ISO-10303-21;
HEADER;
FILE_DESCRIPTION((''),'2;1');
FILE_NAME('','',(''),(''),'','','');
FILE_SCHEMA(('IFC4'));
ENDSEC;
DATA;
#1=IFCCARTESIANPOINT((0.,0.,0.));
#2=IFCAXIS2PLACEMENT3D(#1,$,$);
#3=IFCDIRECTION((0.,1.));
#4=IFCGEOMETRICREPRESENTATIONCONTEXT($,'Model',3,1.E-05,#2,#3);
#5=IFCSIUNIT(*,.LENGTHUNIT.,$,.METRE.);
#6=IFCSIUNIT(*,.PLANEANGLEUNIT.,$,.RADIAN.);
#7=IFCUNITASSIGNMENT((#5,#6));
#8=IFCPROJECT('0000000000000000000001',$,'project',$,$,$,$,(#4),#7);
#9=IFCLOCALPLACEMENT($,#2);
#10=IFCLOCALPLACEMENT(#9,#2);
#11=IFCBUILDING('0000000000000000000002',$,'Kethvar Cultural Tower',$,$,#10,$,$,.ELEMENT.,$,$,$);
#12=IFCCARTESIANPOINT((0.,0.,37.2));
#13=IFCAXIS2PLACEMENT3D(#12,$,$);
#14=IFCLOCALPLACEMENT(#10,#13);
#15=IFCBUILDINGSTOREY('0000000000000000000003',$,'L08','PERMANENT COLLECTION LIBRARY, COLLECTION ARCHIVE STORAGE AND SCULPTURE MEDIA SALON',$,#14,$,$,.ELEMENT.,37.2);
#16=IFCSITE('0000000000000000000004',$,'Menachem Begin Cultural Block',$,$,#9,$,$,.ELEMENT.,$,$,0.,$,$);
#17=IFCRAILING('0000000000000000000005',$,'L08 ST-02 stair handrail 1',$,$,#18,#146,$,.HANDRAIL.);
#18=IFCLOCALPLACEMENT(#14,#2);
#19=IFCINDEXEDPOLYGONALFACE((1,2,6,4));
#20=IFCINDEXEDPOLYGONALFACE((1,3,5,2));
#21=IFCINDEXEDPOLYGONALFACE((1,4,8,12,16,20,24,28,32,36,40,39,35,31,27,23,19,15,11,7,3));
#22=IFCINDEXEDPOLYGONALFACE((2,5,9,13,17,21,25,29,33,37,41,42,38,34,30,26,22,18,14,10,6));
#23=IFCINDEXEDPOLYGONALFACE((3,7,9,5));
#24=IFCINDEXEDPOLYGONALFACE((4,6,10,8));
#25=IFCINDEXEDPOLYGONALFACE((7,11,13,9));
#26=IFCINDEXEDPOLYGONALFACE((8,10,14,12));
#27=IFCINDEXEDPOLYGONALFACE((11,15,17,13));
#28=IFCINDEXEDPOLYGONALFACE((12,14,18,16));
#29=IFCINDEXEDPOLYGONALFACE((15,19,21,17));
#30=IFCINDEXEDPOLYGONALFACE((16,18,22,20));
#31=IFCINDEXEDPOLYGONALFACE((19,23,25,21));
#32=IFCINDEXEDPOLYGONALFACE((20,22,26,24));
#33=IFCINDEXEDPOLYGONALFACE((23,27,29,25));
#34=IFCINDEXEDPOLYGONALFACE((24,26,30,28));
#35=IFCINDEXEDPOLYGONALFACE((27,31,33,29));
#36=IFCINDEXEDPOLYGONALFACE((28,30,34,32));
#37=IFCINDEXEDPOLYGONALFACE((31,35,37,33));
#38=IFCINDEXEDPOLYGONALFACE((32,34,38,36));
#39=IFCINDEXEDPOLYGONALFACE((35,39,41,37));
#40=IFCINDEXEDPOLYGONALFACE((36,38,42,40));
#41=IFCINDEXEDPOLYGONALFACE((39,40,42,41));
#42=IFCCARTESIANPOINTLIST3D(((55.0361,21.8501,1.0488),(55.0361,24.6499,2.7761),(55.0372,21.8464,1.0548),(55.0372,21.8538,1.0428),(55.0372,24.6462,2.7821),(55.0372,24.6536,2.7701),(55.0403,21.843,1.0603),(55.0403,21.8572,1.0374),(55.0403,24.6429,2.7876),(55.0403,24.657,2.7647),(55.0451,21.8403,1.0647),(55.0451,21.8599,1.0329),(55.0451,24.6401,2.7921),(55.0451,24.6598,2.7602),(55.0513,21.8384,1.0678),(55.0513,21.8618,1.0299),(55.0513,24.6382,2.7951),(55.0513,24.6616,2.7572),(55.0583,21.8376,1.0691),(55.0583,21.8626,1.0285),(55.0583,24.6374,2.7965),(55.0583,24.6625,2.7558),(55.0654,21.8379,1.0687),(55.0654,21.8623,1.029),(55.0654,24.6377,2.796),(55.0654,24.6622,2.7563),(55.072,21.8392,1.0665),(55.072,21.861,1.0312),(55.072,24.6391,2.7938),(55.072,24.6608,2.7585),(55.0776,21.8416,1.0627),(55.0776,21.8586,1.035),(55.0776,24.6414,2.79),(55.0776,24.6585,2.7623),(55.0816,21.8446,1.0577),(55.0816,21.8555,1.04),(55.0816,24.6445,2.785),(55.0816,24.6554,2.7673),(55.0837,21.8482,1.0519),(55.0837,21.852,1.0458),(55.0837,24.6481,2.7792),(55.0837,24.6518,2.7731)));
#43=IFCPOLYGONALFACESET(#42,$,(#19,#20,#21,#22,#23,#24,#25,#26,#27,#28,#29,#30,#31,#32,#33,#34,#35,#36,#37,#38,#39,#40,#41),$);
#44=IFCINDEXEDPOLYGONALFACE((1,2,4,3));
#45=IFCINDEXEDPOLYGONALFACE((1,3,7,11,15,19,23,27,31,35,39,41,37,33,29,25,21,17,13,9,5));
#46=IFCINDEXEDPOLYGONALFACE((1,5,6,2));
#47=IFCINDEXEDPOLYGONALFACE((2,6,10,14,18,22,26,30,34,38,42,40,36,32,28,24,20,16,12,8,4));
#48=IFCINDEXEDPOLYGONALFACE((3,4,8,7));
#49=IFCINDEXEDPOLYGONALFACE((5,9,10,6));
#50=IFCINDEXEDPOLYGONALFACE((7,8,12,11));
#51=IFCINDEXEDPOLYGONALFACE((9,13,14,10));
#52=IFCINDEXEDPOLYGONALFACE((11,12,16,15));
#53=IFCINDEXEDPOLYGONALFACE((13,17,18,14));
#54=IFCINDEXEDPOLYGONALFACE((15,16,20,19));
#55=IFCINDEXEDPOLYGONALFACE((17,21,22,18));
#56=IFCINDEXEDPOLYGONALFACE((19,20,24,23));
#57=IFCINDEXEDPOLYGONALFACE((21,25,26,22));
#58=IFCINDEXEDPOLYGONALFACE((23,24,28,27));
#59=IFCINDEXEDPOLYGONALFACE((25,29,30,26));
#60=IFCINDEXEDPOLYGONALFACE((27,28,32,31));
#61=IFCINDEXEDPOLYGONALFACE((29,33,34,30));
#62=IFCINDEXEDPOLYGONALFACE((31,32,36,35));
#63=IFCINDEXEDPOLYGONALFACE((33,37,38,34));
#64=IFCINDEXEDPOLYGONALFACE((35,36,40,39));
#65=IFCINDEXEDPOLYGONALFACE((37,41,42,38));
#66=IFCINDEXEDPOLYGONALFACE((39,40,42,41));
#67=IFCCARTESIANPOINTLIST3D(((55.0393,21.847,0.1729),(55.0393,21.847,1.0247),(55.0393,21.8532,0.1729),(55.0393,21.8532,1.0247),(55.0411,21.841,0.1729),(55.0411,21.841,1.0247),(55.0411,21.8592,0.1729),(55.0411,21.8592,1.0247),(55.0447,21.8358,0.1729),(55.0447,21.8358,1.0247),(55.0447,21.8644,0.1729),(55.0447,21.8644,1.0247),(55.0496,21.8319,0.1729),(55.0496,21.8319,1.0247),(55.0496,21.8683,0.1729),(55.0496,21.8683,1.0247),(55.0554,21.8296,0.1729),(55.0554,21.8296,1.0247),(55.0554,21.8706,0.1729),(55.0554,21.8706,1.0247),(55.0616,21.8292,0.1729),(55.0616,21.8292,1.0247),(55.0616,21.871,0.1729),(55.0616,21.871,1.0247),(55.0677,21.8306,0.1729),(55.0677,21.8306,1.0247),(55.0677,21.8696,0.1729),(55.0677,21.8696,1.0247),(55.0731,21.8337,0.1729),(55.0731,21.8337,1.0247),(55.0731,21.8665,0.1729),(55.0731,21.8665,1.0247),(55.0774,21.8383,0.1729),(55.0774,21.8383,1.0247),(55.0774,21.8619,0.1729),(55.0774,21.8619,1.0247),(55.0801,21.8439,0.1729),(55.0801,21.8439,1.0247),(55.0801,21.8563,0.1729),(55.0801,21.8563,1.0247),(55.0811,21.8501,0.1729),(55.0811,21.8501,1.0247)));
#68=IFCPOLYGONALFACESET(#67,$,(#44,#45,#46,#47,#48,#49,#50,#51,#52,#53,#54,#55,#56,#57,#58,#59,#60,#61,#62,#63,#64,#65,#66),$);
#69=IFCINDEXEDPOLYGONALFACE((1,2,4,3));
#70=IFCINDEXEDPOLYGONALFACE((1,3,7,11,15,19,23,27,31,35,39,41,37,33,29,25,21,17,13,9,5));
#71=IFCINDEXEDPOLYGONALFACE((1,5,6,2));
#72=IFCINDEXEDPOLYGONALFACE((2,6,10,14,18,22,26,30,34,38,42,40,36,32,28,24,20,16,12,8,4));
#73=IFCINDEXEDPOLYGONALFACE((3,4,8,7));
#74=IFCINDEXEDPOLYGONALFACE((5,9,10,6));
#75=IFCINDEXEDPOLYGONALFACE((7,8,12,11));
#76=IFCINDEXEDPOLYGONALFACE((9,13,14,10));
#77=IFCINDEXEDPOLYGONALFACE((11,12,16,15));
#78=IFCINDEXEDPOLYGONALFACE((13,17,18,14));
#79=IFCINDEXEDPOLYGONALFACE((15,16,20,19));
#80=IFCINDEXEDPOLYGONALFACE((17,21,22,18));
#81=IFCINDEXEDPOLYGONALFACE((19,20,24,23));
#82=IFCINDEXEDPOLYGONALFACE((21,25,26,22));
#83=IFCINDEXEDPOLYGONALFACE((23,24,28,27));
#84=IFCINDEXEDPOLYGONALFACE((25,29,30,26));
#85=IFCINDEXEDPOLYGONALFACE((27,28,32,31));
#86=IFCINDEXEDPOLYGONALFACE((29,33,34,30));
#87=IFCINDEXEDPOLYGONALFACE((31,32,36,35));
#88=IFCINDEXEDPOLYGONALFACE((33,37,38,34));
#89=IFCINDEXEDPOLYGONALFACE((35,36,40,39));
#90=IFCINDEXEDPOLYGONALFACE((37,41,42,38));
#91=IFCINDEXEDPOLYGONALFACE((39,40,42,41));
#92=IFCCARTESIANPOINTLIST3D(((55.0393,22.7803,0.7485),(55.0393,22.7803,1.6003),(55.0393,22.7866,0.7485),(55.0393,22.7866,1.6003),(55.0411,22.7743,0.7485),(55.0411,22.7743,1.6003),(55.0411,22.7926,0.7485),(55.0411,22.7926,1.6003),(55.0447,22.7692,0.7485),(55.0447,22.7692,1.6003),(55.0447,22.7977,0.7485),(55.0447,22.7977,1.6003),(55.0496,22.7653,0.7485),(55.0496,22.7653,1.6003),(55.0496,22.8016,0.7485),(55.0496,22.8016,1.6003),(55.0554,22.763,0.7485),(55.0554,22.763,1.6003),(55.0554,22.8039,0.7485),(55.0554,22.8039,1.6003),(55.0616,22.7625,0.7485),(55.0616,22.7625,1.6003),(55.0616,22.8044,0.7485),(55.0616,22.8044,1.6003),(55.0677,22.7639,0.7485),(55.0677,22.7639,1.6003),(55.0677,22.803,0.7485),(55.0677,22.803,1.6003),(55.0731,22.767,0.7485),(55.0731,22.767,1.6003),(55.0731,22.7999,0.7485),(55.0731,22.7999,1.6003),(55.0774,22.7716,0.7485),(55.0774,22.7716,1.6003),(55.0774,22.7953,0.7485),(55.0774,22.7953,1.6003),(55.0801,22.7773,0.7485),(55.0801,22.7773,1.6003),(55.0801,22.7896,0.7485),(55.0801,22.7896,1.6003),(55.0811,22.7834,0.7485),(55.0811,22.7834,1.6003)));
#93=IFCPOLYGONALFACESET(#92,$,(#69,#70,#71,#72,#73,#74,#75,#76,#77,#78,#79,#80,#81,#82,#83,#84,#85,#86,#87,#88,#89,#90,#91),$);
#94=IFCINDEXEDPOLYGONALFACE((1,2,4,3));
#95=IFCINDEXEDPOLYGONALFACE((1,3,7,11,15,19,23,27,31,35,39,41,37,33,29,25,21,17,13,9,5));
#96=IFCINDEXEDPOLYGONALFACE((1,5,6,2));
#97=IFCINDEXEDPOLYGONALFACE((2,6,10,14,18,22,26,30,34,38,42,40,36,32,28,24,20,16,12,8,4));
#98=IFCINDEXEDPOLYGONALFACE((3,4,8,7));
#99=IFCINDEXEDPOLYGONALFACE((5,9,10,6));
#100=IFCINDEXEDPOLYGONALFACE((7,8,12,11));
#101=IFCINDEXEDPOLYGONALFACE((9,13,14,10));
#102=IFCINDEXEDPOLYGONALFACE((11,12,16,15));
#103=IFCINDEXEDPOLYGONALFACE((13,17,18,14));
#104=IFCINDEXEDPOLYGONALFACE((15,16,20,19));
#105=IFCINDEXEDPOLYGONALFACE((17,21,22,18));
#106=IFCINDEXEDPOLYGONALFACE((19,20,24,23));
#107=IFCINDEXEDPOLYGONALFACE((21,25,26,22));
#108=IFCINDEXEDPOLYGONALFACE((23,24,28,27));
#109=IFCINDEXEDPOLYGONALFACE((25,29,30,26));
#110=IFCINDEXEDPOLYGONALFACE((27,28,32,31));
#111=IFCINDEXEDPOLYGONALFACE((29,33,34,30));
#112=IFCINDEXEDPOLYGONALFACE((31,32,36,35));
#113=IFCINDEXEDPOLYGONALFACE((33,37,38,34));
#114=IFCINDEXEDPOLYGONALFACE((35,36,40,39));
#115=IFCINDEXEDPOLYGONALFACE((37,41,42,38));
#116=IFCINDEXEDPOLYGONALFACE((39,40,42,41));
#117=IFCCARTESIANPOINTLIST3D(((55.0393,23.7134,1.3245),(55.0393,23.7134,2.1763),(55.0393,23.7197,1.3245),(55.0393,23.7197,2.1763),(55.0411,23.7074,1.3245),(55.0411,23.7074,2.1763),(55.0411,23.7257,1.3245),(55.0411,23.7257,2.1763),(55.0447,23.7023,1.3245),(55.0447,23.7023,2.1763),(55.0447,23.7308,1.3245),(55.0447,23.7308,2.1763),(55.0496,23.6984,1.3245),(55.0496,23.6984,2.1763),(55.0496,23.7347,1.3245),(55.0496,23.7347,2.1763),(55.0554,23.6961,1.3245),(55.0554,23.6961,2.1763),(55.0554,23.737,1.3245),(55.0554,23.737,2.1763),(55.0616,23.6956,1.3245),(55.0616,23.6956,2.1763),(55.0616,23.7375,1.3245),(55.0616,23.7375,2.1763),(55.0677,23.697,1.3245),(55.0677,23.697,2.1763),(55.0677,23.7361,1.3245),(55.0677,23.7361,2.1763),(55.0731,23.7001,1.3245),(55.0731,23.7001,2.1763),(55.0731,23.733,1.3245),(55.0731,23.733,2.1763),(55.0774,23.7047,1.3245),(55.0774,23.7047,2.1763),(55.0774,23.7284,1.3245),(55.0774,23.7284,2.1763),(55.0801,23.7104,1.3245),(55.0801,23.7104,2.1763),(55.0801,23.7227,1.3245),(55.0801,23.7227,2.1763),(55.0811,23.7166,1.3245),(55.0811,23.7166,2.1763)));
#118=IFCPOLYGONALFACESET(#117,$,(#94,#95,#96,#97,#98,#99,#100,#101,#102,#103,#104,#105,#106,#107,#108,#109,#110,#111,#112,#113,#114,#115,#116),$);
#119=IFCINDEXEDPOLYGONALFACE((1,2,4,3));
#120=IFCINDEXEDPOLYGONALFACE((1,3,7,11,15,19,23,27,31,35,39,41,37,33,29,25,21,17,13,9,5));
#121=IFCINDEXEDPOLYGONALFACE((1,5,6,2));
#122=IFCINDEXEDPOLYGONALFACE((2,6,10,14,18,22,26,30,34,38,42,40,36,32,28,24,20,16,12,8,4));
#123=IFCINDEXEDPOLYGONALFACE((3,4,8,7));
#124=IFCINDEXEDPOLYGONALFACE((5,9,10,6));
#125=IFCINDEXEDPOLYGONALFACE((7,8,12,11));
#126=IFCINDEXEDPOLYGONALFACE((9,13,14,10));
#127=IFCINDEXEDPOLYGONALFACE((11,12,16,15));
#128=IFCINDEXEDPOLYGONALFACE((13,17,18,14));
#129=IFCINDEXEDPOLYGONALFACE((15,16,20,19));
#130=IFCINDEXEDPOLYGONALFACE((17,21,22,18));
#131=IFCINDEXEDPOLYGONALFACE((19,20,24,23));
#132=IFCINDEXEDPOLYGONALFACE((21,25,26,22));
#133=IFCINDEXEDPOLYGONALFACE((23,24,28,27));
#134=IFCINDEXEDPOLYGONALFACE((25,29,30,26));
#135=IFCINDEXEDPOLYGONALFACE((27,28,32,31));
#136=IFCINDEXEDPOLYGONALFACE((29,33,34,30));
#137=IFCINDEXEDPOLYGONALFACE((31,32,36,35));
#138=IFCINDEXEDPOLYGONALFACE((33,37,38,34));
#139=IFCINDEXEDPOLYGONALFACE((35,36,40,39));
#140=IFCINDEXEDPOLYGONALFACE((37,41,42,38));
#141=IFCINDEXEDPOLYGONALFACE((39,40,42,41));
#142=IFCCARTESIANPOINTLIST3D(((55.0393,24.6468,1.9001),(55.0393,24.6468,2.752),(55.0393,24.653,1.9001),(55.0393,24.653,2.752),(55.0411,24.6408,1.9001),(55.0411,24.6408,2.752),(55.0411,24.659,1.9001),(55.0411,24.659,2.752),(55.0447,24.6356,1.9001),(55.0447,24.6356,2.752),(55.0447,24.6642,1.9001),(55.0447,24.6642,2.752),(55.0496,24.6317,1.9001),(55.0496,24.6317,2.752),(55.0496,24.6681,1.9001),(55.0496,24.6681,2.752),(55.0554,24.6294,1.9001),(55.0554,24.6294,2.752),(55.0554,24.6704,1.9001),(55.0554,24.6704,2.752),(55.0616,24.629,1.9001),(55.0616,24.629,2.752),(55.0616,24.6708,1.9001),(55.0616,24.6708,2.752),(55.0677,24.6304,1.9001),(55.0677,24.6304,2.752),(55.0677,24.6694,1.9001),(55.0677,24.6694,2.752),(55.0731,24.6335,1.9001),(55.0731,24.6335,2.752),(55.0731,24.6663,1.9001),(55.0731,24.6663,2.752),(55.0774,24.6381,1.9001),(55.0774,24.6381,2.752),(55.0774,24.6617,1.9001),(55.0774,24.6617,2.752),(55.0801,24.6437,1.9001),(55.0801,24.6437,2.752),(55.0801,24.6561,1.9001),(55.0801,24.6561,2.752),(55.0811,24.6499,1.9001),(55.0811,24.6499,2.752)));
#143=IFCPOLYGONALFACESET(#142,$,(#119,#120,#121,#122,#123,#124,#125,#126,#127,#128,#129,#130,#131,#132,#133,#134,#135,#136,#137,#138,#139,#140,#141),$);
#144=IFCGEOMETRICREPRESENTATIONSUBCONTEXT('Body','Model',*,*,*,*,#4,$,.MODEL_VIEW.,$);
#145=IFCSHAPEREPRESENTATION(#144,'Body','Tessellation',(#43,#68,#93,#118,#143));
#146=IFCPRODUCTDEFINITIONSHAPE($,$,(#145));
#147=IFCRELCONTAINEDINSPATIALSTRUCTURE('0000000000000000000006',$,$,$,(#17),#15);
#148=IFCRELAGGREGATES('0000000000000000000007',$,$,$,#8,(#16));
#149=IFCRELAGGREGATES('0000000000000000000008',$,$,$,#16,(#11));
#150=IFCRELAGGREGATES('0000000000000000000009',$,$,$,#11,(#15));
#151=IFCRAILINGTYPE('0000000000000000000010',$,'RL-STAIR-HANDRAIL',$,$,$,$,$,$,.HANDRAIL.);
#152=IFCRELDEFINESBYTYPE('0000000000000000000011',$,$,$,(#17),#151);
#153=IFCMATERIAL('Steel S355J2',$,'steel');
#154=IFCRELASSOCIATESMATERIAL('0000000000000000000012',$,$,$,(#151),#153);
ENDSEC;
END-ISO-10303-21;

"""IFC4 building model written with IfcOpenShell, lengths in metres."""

from ifc_helpers import new_model, si_unit, direction, frame, origin, origin_2d, place, context, subcontext, project, spatial, circle, extrude, material, type_object, element, save


model = new_model("IFC4")

# Units and contexts
model_context = context("Model", 3, precision=1e-05, world=origin(), true_north=direction((0.0, 1.0)))
body_context = subcontext(model_context, "Body", "Model", "MODEL_VIEW")
ifc_project = project(units=[si_unit("LENGTHUNIT", "METRE"), si_unit("PLANEANGLEUNIT", "RADIAN")], contexts=[model_context])

# Site, building, storey
site_placement = place(None, origin())
site = spatial("IfcSite", under=ifc_project, at=site_placement, Name="Menachem Begin Cultural Block", CompositionType="ELEMENT", RefElevation=0.0)
building_placement = place(site_placement, origin())
building = spatial("IfcBuilding", under=site, at=building_placement, Name="Kethvar Cultural Tower", CompositionType="ELEMENT")
storey_placement = place(building_placement, frame((0.0, 0.0, 37.2)))
storey = spatial("IfcBuildingStorey", under=building, at=storey_placement, Name="L08", Description="PERMANENT COLLECTION LIBRARY, COLLECTION ARCHIVE STORAGE AND SCULPTURE MEDIA SALON", CompositionType="ELEMENT", Elevation=37.2)

# Shared definitions
ifc_material_1 = material(Name="Steel S355J2", Category="steel")

# Railing
railing_type_1 = type_object("IfcRailingType", Name="RL-STAIR-HANDRAIL", PredefinedType="HANDRAIL", material=ifc_material_1)
railing_1_placement = place(storey_placement, frame((55.0601, 21.8501, 0.1729)))
element("IfcRailing", 1, at=railing_1_placement, inside=storey, type_object=railing_type_1, Name="L08 ST-02 stair handrail 1", PredefinedType="HANDRAIL", context=body_context, shape_type="SweptSolid", body=[
    extrude(circle(Radius=0.0239, at=origin_2d()), frame((0.0, 0.0, 0.876), z_axis=(0.0, 0.851069, 0.525054), x_axis=(-1.0, 0.0, 0.0)), (0.0, 0.0, 1.0), 3.2898),
    extrude(circle(Radius=0.021, at=origin_2d()), origin(), (0.0, 0.0, 1.0), 0.8518),
    extrude(circle(Radius=0.021, at=origin_2d()), frame((0.0, 0.9333, 0.5757)), (0.0, 0.0, 1.0), 0.8518),
    extrude(circle(Radius=0.021, at=origin_2d()), frame((0.0, 1.8665, 1.1516)), (0.0, 0.0, 1.0), 0.8518),
    extrude(circle(Radius=0.021, at=origin_2d()), frame((0.0, 2.7998, 1.7273)), (0.0, 0.0, 1.0), 0.8518),
])

save(model, "model.ifc")
